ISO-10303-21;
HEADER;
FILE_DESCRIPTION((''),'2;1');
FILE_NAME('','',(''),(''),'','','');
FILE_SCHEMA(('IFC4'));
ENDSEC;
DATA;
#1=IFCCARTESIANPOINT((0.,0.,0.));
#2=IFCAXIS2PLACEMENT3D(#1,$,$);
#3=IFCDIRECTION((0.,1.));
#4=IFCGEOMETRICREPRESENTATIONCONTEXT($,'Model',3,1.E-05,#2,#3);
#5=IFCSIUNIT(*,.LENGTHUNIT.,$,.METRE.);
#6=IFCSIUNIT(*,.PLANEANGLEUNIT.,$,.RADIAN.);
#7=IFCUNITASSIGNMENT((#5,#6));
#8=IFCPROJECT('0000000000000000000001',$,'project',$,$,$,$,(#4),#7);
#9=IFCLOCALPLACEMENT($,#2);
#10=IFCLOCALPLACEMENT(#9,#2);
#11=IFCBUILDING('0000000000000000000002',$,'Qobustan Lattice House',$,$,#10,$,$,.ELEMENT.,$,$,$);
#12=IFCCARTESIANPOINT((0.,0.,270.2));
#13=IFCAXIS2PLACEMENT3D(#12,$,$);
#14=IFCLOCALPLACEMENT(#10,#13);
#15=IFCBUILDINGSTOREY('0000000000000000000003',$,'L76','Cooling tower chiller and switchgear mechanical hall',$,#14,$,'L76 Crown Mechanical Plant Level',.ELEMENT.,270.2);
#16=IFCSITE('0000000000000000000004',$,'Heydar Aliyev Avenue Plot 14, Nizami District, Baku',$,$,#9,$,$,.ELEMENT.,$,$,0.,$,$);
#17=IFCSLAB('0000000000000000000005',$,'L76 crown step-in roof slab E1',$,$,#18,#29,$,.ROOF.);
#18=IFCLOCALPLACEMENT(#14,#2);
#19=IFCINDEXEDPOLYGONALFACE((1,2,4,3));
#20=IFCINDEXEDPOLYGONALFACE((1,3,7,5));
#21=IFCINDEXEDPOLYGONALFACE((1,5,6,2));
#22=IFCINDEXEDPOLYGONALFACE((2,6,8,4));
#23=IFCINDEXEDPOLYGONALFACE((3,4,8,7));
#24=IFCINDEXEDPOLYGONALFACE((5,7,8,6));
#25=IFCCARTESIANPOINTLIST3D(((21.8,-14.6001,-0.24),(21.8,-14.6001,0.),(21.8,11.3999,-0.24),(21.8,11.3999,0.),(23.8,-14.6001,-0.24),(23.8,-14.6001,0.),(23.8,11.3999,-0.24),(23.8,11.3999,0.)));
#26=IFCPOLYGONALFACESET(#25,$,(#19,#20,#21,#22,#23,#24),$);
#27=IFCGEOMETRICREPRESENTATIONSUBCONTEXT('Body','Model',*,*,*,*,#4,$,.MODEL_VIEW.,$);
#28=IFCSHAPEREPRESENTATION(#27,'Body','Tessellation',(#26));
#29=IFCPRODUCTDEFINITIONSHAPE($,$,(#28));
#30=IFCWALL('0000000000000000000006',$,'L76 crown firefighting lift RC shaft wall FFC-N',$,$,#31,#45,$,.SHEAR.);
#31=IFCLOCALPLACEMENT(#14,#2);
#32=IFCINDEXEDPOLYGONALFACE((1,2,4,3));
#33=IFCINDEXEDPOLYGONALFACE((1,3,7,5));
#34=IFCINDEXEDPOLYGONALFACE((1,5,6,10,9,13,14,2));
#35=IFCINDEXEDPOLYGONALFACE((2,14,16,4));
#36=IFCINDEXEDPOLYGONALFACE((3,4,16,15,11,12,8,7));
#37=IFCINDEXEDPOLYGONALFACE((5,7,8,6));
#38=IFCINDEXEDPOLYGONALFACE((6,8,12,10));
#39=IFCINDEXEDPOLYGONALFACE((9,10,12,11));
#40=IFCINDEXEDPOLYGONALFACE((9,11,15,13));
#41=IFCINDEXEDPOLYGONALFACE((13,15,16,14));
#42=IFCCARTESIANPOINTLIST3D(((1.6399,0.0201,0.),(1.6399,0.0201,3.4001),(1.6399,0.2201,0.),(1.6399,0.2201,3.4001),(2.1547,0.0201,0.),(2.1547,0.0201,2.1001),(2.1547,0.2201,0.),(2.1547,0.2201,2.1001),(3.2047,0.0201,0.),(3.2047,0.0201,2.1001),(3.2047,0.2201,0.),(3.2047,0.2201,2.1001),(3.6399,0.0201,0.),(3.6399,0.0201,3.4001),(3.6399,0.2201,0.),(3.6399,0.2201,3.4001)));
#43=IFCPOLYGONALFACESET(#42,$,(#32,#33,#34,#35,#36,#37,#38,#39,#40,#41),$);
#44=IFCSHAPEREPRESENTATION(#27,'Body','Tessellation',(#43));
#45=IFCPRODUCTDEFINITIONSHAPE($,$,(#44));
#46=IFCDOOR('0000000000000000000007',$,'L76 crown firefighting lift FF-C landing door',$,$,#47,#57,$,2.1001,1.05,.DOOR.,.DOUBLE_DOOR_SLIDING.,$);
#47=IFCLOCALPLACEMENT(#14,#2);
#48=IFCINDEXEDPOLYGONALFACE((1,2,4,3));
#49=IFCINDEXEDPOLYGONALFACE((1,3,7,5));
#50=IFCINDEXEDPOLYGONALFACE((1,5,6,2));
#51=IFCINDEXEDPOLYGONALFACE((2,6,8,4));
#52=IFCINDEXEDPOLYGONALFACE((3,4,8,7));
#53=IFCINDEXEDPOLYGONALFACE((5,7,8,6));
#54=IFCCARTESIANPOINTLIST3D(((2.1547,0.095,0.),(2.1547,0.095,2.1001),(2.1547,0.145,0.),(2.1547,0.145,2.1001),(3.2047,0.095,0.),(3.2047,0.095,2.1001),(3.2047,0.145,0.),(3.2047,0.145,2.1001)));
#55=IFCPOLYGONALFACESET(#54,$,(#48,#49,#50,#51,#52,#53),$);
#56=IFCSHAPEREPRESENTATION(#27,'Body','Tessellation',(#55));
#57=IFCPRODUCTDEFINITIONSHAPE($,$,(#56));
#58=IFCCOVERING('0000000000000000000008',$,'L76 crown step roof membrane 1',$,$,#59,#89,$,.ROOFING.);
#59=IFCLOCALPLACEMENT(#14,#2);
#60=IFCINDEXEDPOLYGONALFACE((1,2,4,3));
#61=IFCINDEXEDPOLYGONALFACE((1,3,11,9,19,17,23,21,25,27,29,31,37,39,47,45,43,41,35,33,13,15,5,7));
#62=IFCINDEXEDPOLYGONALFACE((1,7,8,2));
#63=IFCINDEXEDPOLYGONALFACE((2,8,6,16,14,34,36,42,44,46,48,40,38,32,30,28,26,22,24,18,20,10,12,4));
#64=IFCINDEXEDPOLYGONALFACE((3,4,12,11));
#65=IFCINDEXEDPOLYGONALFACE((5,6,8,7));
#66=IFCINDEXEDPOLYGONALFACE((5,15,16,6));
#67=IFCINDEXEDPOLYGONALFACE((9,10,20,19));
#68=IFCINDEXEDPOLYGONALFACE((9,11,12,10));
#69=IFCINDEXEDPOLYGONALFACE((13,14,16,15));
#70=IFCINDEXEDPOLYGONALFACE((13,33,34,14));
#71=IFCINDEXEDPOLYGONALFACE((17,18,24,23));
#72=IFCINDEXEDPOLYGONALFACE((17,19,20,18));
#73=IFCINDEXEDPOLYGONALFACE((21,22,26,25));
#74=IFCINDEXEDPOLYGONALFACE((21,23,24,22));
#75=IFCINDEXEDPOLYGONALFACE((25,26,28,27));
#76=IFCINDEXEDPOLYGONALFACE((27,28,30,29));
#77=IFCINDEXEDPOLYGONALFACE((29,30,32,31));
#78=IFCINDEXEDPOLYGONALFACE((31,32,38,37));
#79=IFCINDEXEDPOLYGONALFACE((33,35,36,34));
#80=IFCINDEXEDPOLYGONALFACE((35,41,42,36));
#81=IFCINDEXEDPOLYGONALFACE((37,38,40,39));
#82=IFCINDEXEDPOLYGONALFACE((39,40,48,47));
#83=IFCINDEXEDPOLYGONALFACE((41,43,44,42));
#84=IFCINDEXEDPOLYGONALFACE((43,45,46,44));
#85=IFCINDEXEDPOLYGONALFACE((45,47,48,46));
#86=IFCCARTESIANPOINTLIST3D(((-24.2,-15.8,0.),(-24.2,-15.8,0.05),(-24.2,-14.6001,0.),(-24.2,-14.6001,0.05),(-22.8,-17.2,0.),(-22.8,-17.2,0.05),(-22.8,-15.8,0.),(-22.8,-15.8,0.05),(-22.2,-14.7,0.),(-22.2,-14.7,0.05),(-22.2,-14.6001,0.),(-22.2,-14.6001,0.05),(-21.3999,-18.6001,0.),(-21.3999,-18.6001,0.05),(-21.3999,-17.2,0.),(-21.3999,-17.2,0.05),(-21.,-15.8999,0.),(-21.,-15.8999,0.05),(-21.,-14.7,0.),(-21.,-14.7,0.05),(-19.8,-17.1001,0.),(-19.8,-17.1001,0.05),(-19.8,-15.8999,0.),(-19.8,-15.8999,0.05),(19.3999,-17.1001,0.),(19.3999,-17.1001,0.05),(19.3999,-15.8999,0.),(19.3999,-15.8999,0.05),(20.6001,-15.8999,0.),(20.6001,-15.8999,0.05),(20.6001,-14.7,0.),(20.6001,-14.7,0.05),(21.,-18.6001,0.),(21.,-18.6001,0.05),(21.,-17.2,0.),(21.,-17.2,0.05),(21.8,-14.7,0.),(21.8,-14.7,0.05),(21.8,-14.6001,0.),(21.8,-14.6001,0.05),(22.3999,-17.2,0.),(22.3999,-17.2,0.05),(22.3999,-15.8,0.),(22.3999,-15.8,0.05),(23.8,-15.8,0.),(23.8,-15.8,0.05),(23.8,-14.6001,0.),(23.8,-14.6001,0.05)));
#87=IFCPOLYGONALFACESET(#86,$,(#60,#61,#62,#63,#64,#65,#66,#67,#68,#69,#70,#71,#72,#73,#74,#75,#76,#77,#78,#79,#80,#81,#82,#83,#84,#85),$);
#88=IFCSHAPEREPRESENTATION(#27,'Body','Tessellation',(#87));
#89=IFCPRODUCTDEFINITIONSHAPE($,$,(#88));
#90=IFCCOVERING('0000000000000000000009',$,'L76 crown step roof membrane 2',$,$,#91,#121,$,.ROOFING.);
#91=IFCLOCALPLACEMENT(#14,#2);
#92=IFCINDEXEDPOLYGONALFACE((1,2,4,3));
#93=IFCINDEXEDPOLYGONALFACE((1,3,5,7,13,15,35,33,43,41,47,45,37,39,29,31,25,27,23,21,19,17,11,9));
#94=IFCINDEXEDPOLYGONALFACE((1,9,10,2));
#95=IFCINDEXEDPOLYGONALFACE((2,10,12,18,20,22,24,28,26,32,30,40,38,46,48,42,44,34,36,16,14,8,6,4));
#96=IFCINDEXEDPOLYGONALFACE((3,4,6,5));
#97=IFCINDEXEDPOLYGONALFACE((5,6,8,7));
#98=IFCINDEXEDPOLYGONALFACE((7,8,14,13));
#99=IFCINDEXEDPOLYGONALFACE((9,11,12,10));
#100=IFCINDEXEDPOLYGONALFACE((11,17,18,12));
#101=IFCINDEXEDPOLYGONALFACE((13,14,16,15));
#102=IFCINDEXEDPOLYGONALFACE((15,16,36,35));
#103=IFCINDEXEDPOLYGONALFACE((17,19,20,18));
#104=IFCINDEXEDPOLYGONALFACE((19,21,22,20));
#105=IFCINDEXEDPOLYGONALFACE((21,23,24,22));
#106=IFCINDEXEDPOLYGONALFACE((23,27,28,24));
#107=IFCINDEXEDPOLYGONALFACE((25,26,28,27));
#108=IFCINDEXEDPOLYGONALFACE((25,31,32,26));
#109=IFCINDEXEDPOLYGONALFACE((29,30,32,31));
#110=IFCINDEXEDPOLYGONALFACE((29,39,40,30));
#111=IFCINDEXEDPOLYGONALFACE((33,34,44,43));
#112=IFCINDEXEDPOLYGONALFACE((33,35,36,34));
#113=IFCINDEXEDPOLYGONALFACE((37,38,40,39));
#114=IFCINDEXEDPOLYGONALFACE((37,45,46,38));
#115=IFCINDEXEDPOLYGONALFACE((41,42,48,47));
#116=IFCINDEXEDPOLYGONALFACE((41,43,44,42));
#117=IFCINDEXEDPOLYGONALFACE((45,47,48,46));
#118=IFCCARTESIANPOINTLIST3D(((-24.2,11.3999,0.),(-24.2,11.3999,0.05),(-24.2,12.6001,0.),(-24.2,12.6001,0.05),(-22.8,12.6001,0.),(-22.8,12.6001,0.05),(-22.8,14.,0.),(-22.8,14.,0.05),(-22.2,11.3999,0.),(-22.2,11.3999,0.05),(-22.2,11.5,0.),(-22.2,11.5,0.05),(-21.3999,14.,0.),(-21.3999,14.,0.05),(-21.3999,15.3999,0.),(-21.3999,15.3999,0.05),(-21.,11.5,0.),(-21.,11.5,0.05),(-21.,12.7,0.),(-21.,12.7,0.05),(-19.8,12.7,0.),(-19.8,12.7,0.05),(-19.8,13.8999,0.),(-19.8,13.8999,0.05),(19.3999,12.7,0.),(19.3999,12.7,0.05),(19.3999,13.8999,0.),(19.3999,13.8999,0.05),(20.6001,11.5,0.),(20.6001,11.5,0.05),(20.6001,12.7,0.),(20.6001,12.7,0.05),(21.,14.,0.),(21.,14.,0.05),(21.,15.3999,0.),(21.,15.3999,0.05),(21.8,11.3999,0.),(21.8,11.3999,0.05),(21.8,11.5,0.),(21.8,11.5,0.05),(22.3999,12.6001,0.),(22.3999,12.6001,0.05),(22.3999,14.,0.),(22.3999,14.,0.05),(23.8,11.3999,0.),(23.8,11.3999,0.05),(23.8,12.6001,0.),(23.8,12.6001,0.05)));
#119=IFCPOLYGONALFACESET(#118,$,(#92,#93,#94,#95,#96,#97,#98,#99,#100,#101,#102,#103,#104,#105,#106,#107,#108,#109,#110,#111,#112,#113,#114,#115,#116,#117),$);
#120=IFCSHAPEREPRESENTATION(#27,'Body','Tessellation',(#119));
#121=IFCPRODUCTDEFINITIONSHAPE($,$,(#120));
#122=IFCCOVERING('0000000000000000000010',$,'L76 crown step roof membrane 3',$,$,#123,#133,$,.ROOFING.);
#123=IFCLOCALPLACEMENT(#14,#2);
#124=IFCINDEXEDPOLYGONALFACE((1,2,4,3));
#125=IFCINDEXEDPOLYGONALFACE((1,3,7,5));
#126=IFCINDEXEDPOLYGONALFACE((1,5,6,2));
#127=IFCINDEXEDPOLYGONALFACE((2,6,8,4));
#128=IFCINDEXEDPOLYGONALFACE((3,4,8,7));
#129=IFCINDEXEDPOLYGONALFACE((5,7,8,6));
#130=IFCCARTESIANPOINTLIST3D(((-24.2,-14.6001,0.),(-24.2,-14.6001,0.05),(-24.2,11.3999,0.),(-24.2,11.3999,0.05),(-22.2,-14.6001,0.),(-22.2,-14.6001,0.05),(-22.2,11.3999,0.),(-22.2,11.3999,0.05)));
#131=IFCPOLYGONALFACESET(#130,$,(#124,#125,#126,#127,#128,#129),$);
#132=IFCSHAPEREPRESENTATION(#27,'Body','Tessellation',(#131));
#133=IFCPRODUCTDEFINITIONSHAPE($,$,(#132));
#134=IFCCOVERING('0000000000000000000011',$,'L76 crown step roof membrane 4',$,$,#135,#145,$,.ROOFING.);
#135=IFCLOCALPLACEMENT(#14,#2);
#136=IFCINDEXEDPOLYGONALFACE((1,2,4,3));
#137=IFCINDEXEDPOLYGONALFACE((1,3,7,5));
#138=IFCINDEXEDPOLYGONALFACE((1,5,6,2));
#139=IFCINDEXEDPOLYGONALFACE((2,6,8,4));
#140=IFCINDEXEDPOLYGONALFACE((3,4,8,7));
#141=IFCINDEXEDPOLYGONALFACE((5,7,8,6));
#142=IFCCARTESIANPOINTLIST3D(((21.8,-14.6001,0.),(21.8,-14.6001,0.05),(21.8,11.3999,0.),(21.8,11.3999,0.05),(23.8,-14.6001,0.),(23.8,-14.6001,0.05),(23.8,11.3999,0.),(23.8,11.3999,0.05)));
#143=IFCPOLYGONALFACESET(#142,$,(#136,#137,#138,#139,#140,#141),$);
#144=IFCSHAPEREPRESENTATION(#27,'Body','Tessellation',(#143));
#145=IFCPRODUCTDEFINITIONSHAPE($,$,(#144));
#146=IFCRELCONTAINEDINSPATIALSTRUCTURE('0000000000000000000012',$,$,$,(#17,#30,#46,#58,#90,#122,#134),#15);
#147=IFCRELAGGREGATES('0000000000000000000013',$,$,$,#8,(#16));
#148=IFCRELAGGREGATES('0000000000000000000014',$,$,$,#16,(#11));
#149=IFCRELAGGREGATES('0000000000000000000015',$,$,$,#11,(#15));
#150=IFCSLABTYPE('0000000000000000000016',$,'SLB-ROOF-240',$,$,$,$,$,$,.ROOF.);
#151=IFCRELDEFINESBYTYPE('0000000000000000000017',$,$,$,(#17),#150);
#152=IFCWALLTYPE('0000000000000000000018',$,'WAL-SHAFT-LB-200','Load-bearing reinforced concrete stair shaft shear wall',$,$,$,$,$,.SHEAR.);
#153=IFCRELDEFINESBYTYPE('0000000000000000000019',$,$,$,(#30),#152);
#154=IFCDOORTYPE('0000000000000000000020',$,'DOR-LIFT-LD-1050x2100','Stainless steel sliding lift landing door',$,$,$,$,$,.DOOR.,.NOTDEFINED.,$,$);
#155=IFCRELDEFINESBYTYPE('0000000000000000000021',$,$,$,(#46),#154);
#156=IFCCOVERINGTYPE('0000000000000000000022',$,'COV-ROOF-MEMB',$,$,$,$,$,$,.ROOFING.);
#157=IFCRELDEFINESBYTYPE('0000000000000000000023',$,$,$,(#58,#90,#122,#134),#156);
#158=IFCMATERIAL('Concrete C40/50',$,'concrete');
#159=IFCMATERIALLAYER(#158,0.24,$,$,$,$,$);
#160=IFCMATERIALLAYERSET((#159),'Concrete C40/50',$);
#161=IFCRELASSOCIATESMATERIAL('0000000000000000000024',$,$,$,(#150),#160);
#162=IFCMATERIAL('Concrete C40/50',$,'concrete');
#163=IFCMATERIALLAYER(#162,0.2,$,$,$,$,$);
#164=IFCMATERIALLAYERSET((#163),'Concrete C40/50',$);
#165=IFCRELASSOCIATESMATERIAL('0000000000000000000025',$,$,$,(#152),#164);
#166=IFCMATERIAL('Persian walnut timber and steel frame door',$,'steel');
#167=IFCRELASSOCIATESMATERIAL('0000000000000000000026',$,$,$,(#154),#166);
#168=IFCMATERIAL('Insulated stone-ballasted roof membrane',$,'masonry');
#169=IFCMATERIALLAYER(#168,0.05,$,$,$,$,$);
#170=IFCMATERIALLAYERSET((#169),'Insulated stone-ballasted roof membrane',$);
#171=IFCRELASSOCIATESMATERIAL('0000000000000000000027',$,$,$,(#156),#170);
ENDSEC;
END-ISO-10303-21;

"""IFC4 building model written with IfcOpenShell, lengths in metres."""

from ifc_helpers import new_model, si_unit, direction, frame, frame_2d, origin, place, context, subcontext, project, spatial, polyline, rectangle, outline, extrude, material, layer, layer_set, type_object, element, fill, save


model = new_model("IFC4")

# Units and contexts
model_context = context("Model", 3, precision=1e-05, world=origin(), true_north=direction((0.0, 1.0)))
body_context = subcontext(model_context, "Body", "Model", "MODEL_VIEW")
ifc_project = project(units=[si_unit("LENGTHUNIT", "METRE"), si_unit("PLANEANGLEUNIT", "RADIAN")], contexts=[model_context])

# Site, building, storey
site_placement = place(None, origin())
site = spatial("IfcSite", under=ifc_project, at=site_placement, Name="Heydar Aliyev Avenue Plot 14, Nizami District, Baku", CompositionType="ELEMENT", RefElevation=0.0)
building_placement = place(site_placement, origin())
building = spatial("IfcBuilding", under=site, at=building_placement, Name="Qobustan Lattice House", CompositionType="ELEMENT")
storey_placement = place(building_placement, frame((0.0, 0.0, 270.2)))
storey = spatial("IfcBuildingStorey", under=building, at=storey_placement, Name="L76", Description="Cooling tower chiller and switchgear mechanical hall", LongName="L76 Crown Mechanical Plant Level", CompositionType="ELEMENT", Elevation=270.2)

# Slab
ifc_material_1 = material(Name="Concrete C40/50", Category="concrete")
ifc_layer_1 = layer(ifc_material_1, 0.24)
ifc_layer_set_1 = layer_set([ifc_layer_1], Name="Concrete C40/50")
slab_type_1 = type_object("IfcSlabType", Name="SLB-ROOF-240", PredefinedType="ROOF", material=ifc_layer_set_1)
slab_1_placement = place(storey_placement, frame((0.0, 0.0, -0.24)))
element("IfcSlab", 1, at=slab_1_placement, inside=storey, type_object=slab_type_1, Name="L76 crown step-in roof slab E1", PredefinedType="ROOF", context=body_context, shape_type="SweptSolid", body=[
    extrude(outline(polyline([(23.8, 11.3999), (21.8, 11.3999), (21.8, -14.6001), (23.8, -14.6001), (23.8, 11.3999)])), origin(), (0.0, 0.0, 1.0), 0.24),
])

# Wall, opening, door
ifc_material_2 = material(Name="Concrete C40/50", Category="concrete")
ifc_layer_2 = layer(ifc_material_2, 0.2)
ifc_layer_set_2 = layer_set([ifc_layer_2], Name="Concrete C40/50")
wall_type = type_object("IfcWallType", Name="WAL-SHAFT-LB-200", Description="Load-bearing reinforced concrete stair shaft shear wall", PredefinedType="SHEAR", material=ifc_layer_set_2)
wall_placement = place(storey_placement, frame((1.6399, 0.1201, 0.0), z_axis=(0.0, 0.0, 1.0), x_axis=(1.0, 0.0, 0.0)))
wall = element("IfcWall", 2, at=wall_placement, inside=storey, type_object=wall_type, Name="L76 crown firefighting lift RC shaft wall FFC-N", PredefinedType="SHEAR", context=body_context, shape_type="SweptSolid", body=[
    extrude(rectangle(XDim=2.0, YDim=0.2, at=frame_2d((1.0, 0.0))), origin(), (0.0, 0.0, 1.0), 3.4001),
])
opening_placement = place(wall_placement, frame((0.5149, 0.0, 0.0)))
opening = element("IfcOpeningElement", 3, at=opening_placement, cuts=wall, PredefinedType="OPENING", context=body_context, shape_type="SweptSolid", body=[
    extrude(rectangle(XDim=1.05, YDim=2.1001, at=frame_2d((0.5249, 1.05))), frame((0.0, 0.1099, 0.0), z_axis=(0.0, -1.0, 0.0), x_axis=(1.0, 0.0, 0.0)), (0.0, 0.0, 1.0), 0.22),
])
ifc_material_3 = material(Name="Persian walnut timber and steel frame door", Category="steel")
door_type = type_object("IfcDoorType", Name="DOR-LIFT-LD-1050x2100", Description="Stainless steel sliding lift landing door", OperationType="NOTDEFINED", PredefinedType="DOOR", material=ifc_material_3)
door_placement = place(opening_placement, origin())
door = element("IfcDoor", 4, at=door_placement, inside=storey, type_object=door_type, Name="L76 crown firefighting lift FF-C landing door", OperationType="DOUBLE_DOOR_SLIDING", OverallHeight=2.1001, OverallWidth=1.05, PredefinedType="DOOR", context=body_context, shape_type="SweptSolid", body=[
    extrude(rectangle(XDim=1.05, YDim=2.1001, at=frame_2d((0.5249, 1.05))), frame((0.0, 0.0249, 0.0), z_axis=(0.0, -1.0, 0.0), x_axis=(1.0, 0.0, 0.0)), (0.0, 0.0, 1.0), 0.05),
])
fill(opening, door)

# Coverings
ifc_material_4 = material(Name="Insulated stone-ballasted roof membrane", Category="masonry")
ifc_layer_3 = layer(ifc_material_4, 0.05)
ifc_layer_set_3 = layer_set([ifc_layer_3], Name="Insulated stone-ballasted roof membrane")
covering_type = type_object("IfcCoveringType", Name="COV-ROOF-MEMB", PredefinedType="ROOFING", material=ifc_layer_set_3)
covering_1_placement = place(storey_placement, origin())
element("IfcCovering", 5, at=covering_1_placement, inside=storey, type_object=covering_type, Name="L76 crown step roof membrane 1", PredefinedType="ROOFING", context=body_context, shape_type="SweptSolid", body=[
    extrude(outline(polyline([(-21.3999, -17.2), (-21.3999, -18.6001), (21.0, -18.6001), (21.0, -17.2), (22.3999, -17.2), (22.3999, -15.8), (23.8, -15.8), (23.8, -14.6001), (21.8, -14.6001), (21.8, -14.7), (20.6001, -14.7), (20.6001, -15.8999), (19.3999, -15.8999), (19.3999, -17.1001), (-19.8, -17.1001), (-19.8, -15.8999), (-21.0, -15.8999), (-21.0, -14.7), (-22.2, -14.7), (-22.2, -14.6001), (-24.2, -14.6001), (-24.2, -15.8), (-22.8, -15.8), (-22.8, -17.2), (-21.3999, -17.2)])), origin(), (0.0, 0.0, 1.0), 0.05),
])
covering_2_placement = place(storey_placement, origin())
element("IfcCovering", 6, at=covering_2_placement, inside=storey, type_object=covering_type, Name="L76 crown step roof membrane 2", PredefinedType="ROOFING", context=body_context, shape_type="SweptSolid", body=[
    extrude(outline(polyline([(-24.2, 11.3999), (-22.2, 11.3999), (-22.2, 11.5), (-21.0, 11.5), (-21.0, 12.7), (-19.8, 12.7), (-19.8, 13.8999), (19.3999, 13.8999), (19.3999, 12.7), (20.6001, 12.7), (20.6001, 11.5), (21.8, 11.5), (21.8, 11.3999), (23.8, 11.3999), (23.8, 12.6001), (22.3999, 12.6001), (22.3999, 14.0), (21.0, 14.0), (21.0, 15.3999), (-21.3999, 15.3999), (-21.3999, 14.0), (-22.8, 14.0), (-22.8, 12.6001), (-24.2, 12.6001), (-24.2, 11.3999)])), origin(), (0.0, 0.0, 1.0), 0.05),
])
covering_3_placement = place(storey_placement, origin())
element("IfcCovering", 7, at=covering_3_placement, inside=storey, type_object=covering_type, Name="L76 crown step roof membrane 3", PredefinedType="ROOFING", context=body_context, shape_type="SweptSolid", body=[
    extrude(outline(polyline([(-24.2, -14.6001), (-22.2, -14.6001), (-22.2, 11.3999), (-24.2, 11.3999), (-24.2, -14.6001)])), origin(), (0.0, 0.0, 1.0), 0.05),
])
covering_4_placement = place(storey_placement, origin())
element("IfcCovering", 8, at=covering_4_placement, inside=storey, type_object=covering_type, Name="L76 crown step roof membrane 4", PredefinedType="ROOFING", context=body_context, shape_type="SweptSolid", body=[
    extrude(outline(polyline([(23.8, 11.3999), (21.8, 11.3999), (21.8, -14.6001), (23.8, -14.6001), (23.8, 11.3999)])), origin(), (0.0, 0.0, 1.0), 0.05),
])

save(model, "model.ifc")
